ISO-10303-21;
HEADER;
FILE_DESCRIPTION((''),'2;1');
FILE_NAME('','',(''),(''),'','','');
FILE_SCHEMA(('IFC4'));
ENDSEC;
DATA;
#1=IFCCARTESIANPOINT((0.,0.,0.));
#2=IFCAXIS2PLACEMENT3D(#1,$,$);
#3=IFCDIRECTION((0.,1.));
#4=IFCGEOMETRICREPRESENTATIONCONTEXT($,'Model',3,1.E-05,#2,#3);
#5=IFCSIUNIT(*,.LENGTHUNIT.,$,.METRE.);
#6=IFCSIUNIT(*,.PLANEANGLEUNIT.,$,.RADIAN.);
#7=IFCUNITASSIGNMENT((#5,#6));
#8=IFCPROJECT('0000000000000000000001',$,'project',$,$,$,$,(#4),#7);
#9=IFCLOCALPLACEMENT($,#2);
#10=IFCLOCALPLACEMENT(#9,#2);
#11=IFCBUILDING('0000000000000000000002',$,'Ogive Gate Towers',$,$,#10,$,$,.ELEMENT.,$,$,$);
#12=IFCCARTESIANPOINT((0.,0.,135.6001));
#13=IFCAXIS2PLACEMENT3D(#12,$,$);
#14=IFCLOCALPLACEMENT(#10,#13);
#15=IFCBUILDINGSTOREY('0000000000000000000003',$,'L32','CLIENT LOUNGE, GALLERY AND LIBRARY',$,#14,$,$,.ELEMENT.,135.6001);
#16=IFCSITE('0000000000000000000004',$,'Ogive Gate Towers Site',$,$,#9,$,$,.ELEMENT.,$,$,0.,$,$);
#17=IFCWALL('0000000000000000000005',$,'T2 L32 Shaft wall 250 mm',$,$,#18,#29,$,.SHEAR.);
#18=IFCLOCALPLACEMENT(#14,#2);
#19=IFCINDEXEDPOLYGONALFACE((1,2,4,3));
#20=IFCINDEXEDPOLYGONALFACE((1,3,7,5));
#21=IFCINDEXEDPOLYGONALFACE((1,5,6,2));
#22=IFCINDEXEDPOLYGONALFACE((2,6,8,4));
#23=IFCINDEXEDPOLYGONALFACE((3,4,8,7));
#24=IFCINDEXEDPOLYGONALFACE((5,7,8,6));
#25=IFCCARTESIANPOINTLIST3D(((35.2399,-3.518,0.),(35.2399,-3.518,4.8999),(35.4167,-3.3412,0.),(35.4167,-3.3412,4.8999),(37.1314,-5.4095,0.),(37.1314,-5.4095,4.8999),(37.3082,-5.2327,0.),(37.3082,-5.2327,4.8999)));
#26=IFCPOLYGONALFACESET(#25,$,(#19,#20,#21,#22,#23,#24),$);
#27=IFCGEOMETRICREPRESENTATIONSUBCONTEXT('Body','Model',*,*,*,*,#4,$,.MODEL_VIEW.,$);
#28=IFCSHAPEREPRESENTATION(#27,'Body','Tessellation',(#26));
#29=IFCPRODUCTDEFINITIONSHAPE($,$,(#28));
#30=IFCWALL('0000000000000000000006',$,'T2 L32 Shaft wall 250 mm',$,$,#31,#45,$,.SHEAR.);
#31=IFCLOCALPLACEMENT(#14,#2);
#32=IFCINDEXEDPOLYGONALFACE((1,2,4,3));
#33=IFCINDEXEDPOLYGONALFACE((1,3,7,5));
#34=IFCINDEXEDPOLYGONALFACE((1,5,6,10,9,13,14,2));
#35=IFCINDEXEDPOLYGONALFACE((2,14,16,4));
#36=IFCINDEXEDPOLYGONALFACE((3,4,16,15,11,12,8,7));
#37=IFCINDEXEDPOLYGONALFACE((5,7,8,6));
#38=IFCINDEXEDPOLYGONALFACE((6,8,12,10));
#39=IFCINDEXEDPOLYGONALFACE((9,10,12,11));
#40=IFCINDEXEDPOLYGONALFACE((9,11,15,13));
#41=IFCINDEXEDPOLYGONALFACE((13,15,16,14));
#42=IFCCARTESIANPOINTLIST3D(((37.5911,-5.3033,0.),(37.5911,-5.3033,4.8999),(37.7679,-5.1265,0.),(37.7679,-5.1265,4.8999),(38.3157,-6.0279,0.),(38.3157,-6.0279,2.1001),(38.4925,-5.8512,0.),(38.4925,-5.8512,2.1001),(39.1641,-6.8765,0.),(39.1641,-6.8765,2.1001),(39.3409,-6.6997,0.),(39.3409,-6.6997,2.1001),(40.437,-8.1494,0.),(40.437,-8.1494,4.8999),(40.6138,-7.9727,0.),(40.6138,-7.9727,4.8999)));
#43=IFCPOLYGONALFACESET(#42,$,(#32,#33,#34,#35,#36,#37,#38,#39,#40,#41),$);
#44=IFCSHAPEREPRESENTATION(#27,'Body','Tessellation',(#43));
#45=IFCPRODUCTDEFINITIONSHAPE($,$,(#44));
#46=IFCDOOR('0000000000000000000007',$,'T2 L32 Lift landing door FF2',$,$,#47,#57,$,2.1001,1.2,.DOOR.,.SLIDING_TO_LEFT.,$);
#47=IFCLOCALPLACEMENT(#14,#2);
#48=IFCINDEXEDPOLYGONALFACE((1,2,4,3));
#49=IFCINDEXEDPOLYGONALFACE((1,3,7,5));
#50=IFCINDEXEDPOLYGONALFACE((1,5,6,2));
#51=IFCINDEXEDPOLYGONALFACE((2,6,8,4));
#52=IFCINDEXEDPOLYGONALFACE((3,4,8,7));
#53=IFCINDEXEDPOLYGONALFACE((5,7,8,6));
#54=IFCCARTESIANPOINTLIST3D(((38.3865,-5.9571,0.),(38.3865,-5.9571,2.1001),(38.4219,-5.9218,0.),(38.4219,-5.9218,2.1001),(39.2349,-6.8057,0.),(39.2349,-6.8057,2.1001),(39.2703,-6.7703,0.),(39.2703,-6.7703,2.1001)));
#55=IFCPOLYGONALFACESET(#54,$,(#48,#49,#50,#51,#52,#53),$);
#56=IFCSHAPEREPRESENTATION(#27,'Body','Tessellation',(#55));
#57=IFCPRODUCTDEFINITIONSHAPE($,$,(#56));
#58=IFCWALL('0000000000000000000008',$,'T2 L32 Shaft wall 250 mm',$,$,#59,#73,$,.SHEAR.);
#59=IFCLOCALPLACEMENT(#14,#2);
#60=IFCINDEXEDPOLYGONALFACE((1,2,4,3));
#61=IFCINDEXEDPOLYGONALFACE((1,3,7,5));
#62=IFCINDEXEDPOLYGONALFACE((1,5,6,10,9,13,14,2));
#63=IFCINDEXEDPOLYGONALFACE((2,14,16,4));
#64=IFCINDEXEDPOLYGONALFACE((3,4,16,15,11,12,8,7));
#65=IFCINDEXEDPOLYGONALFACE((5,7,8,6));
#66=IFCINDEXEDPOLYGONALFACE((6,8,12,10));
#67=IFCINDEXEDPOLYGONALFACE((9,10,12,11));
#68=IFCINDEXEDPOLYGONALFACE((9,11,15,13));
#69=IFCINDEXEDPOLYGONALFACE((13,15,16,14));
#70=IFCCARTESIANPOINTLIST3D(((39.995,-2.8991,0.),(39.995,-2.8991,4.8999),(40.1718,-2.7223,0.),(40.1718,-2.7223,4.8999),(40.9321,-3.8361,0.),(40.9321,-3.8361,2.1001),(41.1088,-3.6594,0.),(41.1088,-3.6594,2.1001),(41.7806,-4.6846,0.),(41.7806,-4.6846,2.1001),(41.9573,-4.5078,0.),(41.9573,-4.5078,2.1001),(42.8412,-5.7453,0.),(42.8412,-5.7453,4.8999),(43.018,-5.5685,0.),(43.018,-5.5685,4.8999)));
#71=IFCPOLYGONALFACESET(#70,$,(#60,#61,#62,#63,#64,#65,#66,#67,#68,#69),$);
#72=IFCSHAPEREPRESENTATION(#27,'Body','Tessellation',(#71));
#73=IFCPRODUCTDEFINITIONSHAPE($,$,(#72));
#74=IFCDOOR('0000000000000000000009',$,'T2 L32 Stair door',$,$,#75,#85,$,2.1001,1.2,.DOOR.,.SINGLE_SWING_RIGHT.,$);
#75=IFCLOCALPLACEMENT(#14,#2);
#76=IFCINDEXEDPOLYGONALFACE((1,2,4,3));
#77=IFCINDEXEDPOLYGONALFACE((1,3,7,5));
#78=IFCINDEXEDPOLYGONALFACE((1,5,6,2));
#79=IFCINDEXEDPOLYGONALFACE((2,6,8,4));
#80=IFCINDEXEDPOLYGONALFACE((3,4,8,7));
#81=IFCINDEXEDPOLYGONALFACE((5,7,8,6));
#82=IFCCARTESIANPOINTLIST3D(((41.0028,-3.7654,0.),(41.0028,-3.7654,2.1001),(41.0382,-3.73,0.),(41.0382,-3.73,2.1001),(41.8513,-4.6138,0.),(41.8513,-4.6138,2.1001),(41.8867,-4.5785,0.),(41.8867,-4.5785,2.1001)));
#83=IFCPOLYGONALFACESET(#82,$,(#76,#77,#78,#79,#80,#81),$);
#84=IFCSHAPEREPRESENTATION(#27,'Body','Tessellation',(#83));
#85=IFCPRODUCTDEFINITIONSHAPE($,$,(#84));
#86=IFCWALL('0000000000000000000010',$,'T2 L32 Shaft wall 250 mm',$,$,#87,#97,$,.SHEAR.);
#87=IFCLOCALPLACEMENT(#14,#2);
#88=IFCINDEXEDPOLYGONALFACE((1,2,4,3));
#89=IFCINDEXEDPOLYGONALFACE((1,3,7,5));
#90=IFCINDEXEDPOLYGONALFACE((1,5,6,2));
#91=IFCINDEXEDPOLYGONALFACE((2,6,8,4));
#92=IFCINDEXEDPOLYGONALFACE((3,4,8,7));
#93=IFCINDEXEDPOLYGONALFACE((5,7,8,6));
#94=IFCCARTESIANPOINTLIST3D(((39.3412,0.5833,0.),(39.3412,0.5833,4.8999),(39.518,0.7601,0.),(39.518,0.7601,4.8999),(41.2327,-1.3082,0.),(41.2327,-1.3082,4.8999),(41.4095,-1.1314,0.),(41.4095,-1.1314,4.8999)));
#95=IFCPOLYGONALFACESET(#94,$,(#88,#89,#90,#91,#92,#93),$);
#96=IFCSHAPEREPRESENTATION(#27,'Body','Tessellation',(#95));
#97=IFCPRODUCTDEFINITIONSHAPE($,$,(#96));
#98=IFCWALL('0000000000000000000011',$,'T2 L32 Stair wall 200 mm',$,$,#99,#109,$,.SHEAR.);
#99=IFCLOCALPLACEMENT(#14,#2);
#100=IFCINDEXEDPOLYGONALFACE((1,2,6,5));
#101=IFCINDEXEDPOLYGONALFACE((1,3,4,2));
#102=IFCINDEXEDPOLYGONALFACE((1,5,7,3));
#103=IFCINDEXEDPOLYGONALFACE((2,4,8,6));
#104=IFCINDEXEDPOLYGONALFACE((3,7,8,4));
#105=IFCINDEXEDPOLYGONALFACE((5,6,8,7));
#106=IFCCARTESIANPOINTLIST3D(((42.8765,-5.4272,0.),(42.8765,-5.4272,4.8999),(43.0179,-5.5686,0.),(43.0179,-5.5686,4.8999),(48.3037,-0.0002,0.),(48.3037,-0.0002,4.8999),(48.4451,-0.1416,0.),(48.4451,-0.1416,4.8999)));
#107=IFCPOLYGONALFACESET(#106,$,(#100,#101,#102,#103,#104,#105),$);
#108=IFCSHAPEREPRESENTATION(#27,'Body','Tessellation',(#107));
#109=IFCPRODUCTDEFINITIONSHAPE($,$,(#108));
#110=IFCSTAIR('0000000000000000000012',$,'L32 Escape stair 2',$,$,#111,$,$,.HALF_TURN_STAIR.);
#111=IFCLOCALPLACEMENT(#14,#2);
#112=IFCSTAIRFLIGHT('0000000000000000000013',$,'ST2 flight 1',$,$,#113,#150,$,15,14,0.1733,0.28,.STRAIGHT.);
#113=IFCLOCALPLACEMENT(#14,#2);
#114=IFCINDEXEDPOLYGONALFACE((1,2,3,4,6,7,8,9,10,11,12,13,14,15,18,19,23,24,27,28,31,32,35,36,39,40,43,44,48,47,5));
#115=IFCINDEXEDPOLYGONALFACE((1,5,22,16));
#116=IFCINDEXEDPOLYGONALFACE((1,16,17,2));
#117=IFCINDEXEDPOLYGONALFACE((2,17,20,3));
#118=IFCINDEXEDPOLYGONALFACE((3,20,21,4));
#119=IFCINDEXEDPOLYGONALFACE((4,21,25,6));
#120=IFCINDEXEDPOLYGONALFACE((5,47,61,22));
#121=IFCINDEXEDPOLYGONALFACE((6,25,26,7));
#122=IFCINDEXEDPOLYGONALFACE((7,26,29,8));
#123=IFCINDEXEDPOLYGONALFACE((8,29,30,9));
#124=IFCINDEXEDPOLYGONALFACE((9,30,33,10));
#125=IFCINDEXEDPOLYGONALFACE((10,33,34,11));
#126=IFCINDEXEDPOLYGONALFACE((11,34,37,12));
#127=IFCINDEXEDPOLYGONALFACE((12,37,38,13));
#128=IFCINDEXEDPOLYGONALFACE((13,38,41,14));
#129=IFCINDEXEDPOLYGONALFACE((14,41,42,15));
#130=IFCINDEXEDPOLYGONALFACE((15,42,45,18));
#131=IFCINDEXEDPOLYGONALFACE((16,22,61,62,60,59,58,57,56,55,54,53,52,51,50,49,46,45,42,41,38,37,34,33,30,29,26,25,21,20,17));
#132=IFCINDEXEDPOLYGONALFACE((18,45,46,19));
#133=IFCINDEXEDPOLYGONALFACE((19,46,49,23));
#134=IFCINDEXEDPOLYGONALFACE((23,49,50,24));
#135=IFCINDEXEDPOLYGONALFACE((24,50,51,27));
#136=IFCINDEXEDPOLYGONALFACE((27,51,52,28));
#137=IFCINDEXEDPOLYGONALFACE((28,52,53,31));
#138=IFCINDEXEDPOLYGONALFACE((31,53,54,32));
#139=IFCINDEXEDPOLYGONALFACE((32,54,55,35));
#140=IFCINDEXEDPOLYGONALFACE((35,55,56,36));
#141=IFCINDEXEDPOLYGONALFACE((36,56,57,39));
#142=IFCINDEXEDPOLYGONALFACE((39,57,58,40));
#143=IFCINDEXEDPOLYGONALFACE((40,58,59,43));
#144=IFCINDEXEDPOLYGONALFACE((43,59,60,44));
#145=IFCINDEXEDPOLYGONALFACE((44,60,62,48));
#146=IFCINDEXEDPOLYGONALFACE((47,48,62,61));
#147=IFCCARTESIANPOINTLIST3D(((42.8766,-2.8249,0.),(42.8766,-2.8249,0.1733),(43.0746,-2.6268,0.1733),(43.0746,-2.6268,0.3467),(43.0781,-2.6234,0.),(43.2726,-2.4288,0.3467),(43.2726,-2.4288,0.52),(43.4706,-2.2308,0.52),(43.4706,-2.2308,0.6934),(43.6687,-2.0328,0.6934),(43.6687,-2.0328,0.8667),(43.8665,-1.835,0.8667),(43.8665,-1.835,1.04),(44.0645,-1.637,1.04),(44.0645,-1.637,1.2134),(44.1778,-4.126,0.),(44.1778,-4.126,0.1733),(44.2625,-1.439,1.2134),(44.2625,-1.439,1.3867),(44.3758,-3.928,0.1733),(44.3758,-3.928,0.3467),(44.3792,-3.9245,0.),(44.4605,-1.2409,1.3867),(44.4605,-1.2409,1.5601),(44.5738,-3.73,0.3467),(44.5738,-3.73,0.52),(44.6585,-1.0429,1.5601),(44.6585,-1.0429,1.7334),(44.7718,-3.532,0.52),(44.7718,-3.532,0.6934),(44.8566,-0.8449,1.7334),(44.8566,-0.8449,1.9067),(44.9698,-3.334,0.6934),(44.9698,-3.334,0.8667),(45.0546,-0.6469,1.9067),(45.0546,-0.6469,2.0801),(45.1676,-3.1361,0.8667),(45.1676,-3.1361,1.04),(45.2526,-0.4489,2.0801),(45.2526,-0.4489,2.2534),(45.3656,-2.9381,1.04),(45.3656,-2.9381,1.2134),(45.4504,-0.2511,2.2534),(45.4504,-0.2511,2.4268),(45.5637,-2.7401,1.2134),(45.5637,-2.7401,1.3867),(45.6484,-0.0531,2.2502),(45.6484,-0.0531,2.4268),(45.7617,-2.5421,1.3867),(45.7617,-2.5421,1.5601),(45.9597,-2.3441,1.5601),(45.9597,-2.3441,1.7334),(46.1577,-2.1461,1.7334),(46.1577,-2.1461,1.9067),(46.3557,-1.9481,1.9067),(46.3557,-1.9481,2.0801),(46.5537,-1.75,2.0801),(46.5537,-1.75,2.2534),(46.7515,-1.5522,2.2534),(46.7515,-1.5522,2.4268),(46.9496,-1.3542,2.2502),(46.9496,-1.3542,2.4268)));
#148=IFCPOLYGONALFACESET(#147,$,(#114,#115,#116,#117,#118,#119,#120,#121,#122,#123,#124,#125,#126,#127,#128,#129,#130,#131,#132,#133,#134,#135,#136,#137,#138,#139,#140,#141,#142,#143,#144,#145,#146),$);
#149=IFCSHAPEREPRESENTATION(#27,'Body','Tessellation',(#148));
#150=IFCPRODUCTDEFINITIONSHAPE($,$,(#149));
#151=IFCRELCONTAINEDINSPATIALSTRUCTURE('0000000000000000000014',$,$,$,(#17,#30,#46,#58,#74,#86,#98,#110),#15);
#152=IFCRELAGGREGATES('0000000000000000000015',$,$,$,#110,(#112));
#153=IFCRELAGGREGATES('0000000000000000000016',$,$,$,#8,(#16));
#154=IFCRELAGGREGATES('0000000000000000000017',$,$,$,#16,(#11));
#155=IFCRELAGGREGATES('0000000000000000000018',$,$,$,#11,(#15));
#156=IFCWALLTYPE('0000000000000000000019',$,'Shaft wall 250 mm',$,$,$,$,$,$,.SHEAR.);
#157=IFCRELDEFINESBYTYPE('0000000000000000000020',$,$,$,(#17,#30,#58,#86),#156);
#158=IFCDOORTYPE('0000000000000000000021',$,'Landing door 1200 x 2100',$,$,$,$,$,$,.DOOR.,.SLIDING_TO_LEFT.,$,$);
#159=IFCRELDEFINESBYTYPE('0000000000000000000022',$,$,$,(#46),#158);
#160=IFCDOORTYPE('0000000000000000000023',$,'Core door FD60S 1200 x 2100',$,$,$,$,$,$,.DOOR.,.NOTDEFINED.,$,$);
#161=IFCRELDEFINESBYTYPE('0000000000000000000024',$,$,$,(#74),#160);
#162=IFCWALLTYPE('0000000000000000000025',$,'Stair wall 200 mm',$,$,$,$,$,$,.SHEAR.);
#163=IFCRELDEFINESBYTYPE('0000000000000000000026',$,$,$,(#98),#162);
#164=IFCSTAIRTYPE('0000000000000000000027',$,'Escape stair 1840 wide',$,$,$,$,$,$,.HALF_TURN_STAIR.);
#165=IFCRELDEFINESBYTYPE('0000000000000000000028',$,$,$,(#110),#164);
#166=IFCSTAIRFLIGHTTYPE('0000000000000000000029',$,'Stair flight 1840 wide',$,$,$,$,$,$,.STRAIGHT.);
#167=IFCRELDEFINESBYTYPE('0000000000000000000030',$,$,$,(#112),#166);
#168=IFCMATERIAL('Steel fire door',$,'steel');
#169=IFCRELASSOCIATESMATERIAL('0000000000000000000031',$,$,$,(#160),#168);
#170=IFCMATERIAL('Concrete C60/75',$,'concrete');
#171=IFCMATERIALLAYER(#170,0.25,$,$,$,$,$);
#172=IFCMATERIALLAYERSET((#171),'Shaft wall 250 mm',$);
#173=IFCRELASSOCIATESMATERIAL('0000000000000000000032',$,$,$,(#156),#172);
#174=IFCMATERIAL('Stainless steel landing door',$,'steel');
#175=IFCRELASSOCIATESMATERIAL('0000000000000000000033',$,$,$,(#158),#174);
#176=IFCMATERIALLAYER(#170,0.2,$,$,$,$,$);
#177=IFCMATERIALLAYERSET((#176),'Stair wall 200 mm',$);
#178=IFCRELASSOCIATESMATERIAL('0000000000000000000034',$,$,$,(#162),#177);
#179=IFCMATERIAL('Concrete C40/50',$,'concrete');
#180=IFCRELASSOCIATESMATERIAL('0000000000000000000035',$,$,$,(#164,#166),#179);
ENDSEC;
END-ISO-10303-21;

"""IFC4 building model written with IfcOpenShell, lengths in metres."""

from ifc_helpers import new_model, si_unit, direction, frame, frame_2d, origin, place, context, subcontext, project, spatial, polyline, rectangle, outline, extrude, material, layer, layer_set, type_object, element, fill, aggregate, save


model = new_model("IFC4")

# Units and contexts
model_context = context("Model", 3, precision=1e-05, world=origin(), true_north=direction((0.0, 1.0)))
body_context = subcontext(model_context, "Body", "Model", "MODEL_VIEW")
ifc_project = project(units=[si_unit("LENGTHUNIT", "METRE"), si_unit("PLANEANGLEUNIT", "RADIAN")], contexts=[model_context])

# Site, building, storey
site_placement = place(None, origin())
site = spatial("IfcSite", under=ifc_project, at=site_placement, Name="Ogive Gate Towers Site", CompositionType="ELEMENT", RefElevation=0.0)
building_placement = place(site_placement, origin())
building = spatial("IfcBuilding", under=site, at=building_placement, Name="Ogive Gate Towers", CompositionType="ELEMENT")
storey_placement = place(building_placement, frame((0.0, 0.0, 135.6001)))
storey = spatial("IfcBuildingStorey", under=building, at=storey_placement, Name="L32", Description="CLIENT LOUNGE, GALLERY AND LIBRARY", CompositionType="ELEMENT", Elevation=135.6001)

# Shared definitions
ifc_material_1 = material(Name="Concrete C60/75", Category="concrete")
ifc_material_2 = material(Name="Steel fire door", Category="steel")
door_type_1 = type_object("IfcDoorType", Name="Core door FD60S 1200 x 2100", OperationType="NOTDEFINED", PredefinedType="DOOR", material=ifc_material_2)

# Wall
ifc_layer_1 = layer(ifc_material_1, 0.25)
ifc_layer_set_1 = layer_set([ifc_layer_1], Name="Shaft wall 250 mm")
wall_type_1 = type_object("IfcWallType", Name="Shaft wall 250 mm", PredefinedType="SHEAR", material=ifc_layer_set_1)
wall_1_placement = place(storey_placement, frame((37.2197, -5.321, 0.0), z_axis=(0.0, 0.0, 1.0), x_axis=(-0.707107, 0.707107, 0.0)))
element("IfcWall", 1, at=wall_1_placement, inside=storey, type_object=wall_type_1, Name="T2 L32 Shaft wall 250 mm", PredefinedType="SHEAR", context=body_context, shape_type="SweptSolid", body=[
    extrude(rectangle(XDim=2.675, YDim=0.25, at=frame_2d((1.3374, 0.0))), origin(), (0.0, 0.0, 1.0), 4.8999),
])

# Walls, openings, doors
wall_2_placement = place(storey_placement, frame((40.5254, -8.061, 0.0), z_axis=(0.0, 0.0, 1.0), x_axis=(-0.707076, 0.707137, 0.0)))
wall_2 = element("IfcWall", 2, at=wall_2_placement, inside=storey, type_object=wall_type_1, Name="T2 L32 Shaft wall 250 mm", PredefinedType="SHEAR", context=body_context, shape_type="SweptSolid", body=[
    extrude(rectangle(XDim=4.0249, YDim=0.25, at=frame_2d((2.0125, 0.0))), origin(), (0.0, 0.0, 1.0), 4.8999),
])
opening_1_placement = place(wall_2_placement, frame((1.8, 0.0, 0.0)))
opening_1 = element("IfcOpeningElement", 3, at=opening_1_placement, cuts=wall_2, PredefinedType="OPENING", context=body_context, shape_type="SweptSolid", body=[
    extrude(rectangle(XDim=1.2, YDim=2.1001, at=frame_2d((0.6001, 1.05))), frame((0.0, 0.135, 0.0), z_axis=(0.0, -1.0, 0.0), x_axis=(1.0, 0.0, 0.0)), (0.0, 0.0, 1.0), 0.27),
])
ifc_material_3 = material(Name="Stainless steel landing door", Category="steel")
door_type_2 = type_object("IfcDoorType", Name="Landing door 1200 x 2100", OperationType="SLIDING_TO_LEFT", PredefinedType="DOOR", material=ifc_material_3)
door_1_placement = place(opening_1_placement, origin())
door_1 = element("IfcDoor", 4, at=door_1_placement, inside=storey, type_object=door_type_2, Name="T2 L32 Lift landing door FF2", OperationType="SLIDING_TO_LEFT", OverallHeight=2.1001, OverallWidth=1.2, PredefinedType="DOOR", context=body_context, shape_type="SweptSolid", body=[
    extrude(rectangle(XDim=1.2, YDim=2.1001, at=frame_2d((0.6001, 1.05))), frame((0.0, 0.0249, 0.0), z_axis=(0.0, -1.0, 0.0), x_axis=(1.0, 0.0, 0.0)), (0.0, 0.0, 1.0), 0.05),
])
fill(opening_1, door_1)
wall_3_placement = place(storey_placement, frame((42.9297, -5.657, 0.0), z_axis=(0.0, 0.0, 1.0), x_axis=(-0.707107, 0.707107, 0.0)))
wall_3 = element("IfcWall", 5, at=wall_3_placement, inside=storey, type_object=wall_type_1, Name="T2 L32 Shaft wall 250 mm", PredefinedType="SHEAR", context=body_context, shape_type="SweptSolid", body=[
    extrude(rectangle(XDim=4.0251, YDim=0.25, at=frame_2d((2.0127, 0.0))), origin(), (0.0, 0.0, 1.0), 4.8999),
])
opening_2_placement = place(wall_3_placement, frame((1.5, 0.0, 0.0)))
opening_2 = element("IfcOpeningElement", 6, at=opening_2_placement, cuts=wall_3, PredefinedType="OPENING", context=body_context, shape_type="SweptSolid", body=[
    extrude(rectangle(XDim=1.2, YDim=2.1001, at=frame_2d((0.6001, 1.05))), frame((0.0, 0.135, 0.0), z_axis=(0.0, -1.0, 0.0), x_axis=(1.0, 0.0, 0.0)), (0.0, 0.0, 1.0), 0.27),
])
door_2_placement = place(opening_2_placement, origin())
door_2 = element("IfcDoor", 7, at=door_2_placement, inside=storey, type_object=door_type_1, Name="T2 L32 Stair door", OperationType="SINGLE_SWING_RIGHT", OverallHeight=2.1001, OverallWidth=1.2, PredefinedType="DOOR", context=body_context, shape_type="SweptSolid", body=[
    extrude(rectangle(XDim=1.2, YDim=2.1001, at=frame_2d((0.6001, 1.05))), frame((0.0, 0.0249, 0.0), z_axis=(0.0, -1.0, 0.0), x_axis=(1.0, 0.0, 0.0)), (0.0, 0.0, 1.0), 0.05),
])
fill(opening_2, door_2)

# Walls
wall_4_placement = place(storey_placement, frame((41.321, -1.2197, 0.0), z_axis=(0.0, 0.0, 1.0), x_axis=(-0.707107, 0.707107, 0.0)))
element("IfcWall", 8, at=wall_4_placement, inside=storey, type_object=wall_type_1, Name="T2 L32 Shaft wall 250 mm", PredefinedType="SHEAR", context=body_context, shape_type="SweptSolid", body=[
    extrude(rectangle(XDim=2.675, YDim=0.25, at=frame_2d((1.3374, 0.0))), origin(), (0.0, 0.0, 1.0), 4.8999),
])
ifc_layer_2 = layer(ifc_material_1, 0.2)
ifc_layer_set_2 = layer_set([ifc_layer_2], Name="Stair wall 200 mm")
wall_type_2 = type_object("IfcWallType", Name="Stair wall 200 mm", PredefinedType="SHEAR", material=ifc_layer_set_2)
wall_5_placement = place(storey_placement, frame((42.9473, -5.4978, 0.0), z_axis=(0.0, 0.0, 1.0), x_axis=(0.707123, 0.707091, 0.0)))
element("IfcWall", 9, at=wall_5_placement, inside=storey, type_object=wall_type_2, Name="T2 L32 Stair wall 200 mm", PredefinedType="SHEAR", context=body_context, shape_type="SweptSolid", body=[
    extrude(rectangle(XDim=7.675, YDim=0.2, at=frame_2d((3.8374, 0.0))), origin(), (0.0, 0.0, 1.0), 4.8999),
])

# Stair, stair flight
ifc_material_4 = material(Name="Concrete C40/50", Category="concrete")
stair_type = type_object("IfcStairType", Name="Escape stair 1840 wide", PredefinedType="HALF_TURN_STAIR", material=ifc_material_4)
stair_placement = place(storey_placement, origin())
stair = element("IfcStair", 10, at=stair_placement, inside=storey, type_object=stair_type, Name="L32 Escape stair 2", PredefinedType="HALF_TURN_STAIR")
stair_flight_type = type_object("IfcStairFlightType", Name="Stair flight 1840 wide", PredefinedType="STRAIGHT", material=ifc_material_4)
stair_flight_placement = place(storey_placement, frame((43.5271, -3.4753, 0.0), z_axis=(0.0, 0.0, 1.0), x_axis=(0.707107, 0.707107, 0.0)))
stair_flight = element("IfcStairFlight", 11, at=stair_flight_placement, type_object=stair_flight_type, Name="ST2 flight 1", NumberOfRisers=15, NumberOfTreads=14, PredefinedType="STRAIGHT", RiserHeight=0.1733, TreadLength=0.28, context=body_context, shape_type="SweptSolid", body=[
    extrude(outline(polyline([(0.0, 0.0), (0.0, 0.1733), (0.28, 0.1733), (0.28, 0.3467), (0.5601, 0.3467), (0.5601, 0.52), (0.8401, 0.52), (0.8401, 0.6934), (1.1201, 0.6934), (1.1201, 0.8667), (1.3999, 0.8667), (1.3999, 1.04), (1.6799, 1.04), (1.6799, 1.2134), (1.96, 1.2134), (1.96, 1.3867), (2.24, 1.3867), (2.24, 1.5601), (2.52, 1.5601), (2.52, 1.7334), (2.8, 1.7334), (2.8, 1.9067), (3.0801, 1.9067), (3.0801, 2.0801), (3.3601, 2.0801), (3.3601, 2.2534), (3.6399, 2.2534), (3.6399, 2.4268), (3.9199, 2.4268), (3.9199, 2.6001), (3.9199, 2.2502), (0.2849, 0.0), (0.0, 0.0)])), frame((0.0, 0.9199, 0.0), z_axis=(0.0, -1.0, 0.0), x_axis=(1.0, 0.0, 0.0)), (0.0, 0.0, 1.0), 1.8401),
])
aggregate(stair, [stair_flight])

save(model, "model.ifc")
